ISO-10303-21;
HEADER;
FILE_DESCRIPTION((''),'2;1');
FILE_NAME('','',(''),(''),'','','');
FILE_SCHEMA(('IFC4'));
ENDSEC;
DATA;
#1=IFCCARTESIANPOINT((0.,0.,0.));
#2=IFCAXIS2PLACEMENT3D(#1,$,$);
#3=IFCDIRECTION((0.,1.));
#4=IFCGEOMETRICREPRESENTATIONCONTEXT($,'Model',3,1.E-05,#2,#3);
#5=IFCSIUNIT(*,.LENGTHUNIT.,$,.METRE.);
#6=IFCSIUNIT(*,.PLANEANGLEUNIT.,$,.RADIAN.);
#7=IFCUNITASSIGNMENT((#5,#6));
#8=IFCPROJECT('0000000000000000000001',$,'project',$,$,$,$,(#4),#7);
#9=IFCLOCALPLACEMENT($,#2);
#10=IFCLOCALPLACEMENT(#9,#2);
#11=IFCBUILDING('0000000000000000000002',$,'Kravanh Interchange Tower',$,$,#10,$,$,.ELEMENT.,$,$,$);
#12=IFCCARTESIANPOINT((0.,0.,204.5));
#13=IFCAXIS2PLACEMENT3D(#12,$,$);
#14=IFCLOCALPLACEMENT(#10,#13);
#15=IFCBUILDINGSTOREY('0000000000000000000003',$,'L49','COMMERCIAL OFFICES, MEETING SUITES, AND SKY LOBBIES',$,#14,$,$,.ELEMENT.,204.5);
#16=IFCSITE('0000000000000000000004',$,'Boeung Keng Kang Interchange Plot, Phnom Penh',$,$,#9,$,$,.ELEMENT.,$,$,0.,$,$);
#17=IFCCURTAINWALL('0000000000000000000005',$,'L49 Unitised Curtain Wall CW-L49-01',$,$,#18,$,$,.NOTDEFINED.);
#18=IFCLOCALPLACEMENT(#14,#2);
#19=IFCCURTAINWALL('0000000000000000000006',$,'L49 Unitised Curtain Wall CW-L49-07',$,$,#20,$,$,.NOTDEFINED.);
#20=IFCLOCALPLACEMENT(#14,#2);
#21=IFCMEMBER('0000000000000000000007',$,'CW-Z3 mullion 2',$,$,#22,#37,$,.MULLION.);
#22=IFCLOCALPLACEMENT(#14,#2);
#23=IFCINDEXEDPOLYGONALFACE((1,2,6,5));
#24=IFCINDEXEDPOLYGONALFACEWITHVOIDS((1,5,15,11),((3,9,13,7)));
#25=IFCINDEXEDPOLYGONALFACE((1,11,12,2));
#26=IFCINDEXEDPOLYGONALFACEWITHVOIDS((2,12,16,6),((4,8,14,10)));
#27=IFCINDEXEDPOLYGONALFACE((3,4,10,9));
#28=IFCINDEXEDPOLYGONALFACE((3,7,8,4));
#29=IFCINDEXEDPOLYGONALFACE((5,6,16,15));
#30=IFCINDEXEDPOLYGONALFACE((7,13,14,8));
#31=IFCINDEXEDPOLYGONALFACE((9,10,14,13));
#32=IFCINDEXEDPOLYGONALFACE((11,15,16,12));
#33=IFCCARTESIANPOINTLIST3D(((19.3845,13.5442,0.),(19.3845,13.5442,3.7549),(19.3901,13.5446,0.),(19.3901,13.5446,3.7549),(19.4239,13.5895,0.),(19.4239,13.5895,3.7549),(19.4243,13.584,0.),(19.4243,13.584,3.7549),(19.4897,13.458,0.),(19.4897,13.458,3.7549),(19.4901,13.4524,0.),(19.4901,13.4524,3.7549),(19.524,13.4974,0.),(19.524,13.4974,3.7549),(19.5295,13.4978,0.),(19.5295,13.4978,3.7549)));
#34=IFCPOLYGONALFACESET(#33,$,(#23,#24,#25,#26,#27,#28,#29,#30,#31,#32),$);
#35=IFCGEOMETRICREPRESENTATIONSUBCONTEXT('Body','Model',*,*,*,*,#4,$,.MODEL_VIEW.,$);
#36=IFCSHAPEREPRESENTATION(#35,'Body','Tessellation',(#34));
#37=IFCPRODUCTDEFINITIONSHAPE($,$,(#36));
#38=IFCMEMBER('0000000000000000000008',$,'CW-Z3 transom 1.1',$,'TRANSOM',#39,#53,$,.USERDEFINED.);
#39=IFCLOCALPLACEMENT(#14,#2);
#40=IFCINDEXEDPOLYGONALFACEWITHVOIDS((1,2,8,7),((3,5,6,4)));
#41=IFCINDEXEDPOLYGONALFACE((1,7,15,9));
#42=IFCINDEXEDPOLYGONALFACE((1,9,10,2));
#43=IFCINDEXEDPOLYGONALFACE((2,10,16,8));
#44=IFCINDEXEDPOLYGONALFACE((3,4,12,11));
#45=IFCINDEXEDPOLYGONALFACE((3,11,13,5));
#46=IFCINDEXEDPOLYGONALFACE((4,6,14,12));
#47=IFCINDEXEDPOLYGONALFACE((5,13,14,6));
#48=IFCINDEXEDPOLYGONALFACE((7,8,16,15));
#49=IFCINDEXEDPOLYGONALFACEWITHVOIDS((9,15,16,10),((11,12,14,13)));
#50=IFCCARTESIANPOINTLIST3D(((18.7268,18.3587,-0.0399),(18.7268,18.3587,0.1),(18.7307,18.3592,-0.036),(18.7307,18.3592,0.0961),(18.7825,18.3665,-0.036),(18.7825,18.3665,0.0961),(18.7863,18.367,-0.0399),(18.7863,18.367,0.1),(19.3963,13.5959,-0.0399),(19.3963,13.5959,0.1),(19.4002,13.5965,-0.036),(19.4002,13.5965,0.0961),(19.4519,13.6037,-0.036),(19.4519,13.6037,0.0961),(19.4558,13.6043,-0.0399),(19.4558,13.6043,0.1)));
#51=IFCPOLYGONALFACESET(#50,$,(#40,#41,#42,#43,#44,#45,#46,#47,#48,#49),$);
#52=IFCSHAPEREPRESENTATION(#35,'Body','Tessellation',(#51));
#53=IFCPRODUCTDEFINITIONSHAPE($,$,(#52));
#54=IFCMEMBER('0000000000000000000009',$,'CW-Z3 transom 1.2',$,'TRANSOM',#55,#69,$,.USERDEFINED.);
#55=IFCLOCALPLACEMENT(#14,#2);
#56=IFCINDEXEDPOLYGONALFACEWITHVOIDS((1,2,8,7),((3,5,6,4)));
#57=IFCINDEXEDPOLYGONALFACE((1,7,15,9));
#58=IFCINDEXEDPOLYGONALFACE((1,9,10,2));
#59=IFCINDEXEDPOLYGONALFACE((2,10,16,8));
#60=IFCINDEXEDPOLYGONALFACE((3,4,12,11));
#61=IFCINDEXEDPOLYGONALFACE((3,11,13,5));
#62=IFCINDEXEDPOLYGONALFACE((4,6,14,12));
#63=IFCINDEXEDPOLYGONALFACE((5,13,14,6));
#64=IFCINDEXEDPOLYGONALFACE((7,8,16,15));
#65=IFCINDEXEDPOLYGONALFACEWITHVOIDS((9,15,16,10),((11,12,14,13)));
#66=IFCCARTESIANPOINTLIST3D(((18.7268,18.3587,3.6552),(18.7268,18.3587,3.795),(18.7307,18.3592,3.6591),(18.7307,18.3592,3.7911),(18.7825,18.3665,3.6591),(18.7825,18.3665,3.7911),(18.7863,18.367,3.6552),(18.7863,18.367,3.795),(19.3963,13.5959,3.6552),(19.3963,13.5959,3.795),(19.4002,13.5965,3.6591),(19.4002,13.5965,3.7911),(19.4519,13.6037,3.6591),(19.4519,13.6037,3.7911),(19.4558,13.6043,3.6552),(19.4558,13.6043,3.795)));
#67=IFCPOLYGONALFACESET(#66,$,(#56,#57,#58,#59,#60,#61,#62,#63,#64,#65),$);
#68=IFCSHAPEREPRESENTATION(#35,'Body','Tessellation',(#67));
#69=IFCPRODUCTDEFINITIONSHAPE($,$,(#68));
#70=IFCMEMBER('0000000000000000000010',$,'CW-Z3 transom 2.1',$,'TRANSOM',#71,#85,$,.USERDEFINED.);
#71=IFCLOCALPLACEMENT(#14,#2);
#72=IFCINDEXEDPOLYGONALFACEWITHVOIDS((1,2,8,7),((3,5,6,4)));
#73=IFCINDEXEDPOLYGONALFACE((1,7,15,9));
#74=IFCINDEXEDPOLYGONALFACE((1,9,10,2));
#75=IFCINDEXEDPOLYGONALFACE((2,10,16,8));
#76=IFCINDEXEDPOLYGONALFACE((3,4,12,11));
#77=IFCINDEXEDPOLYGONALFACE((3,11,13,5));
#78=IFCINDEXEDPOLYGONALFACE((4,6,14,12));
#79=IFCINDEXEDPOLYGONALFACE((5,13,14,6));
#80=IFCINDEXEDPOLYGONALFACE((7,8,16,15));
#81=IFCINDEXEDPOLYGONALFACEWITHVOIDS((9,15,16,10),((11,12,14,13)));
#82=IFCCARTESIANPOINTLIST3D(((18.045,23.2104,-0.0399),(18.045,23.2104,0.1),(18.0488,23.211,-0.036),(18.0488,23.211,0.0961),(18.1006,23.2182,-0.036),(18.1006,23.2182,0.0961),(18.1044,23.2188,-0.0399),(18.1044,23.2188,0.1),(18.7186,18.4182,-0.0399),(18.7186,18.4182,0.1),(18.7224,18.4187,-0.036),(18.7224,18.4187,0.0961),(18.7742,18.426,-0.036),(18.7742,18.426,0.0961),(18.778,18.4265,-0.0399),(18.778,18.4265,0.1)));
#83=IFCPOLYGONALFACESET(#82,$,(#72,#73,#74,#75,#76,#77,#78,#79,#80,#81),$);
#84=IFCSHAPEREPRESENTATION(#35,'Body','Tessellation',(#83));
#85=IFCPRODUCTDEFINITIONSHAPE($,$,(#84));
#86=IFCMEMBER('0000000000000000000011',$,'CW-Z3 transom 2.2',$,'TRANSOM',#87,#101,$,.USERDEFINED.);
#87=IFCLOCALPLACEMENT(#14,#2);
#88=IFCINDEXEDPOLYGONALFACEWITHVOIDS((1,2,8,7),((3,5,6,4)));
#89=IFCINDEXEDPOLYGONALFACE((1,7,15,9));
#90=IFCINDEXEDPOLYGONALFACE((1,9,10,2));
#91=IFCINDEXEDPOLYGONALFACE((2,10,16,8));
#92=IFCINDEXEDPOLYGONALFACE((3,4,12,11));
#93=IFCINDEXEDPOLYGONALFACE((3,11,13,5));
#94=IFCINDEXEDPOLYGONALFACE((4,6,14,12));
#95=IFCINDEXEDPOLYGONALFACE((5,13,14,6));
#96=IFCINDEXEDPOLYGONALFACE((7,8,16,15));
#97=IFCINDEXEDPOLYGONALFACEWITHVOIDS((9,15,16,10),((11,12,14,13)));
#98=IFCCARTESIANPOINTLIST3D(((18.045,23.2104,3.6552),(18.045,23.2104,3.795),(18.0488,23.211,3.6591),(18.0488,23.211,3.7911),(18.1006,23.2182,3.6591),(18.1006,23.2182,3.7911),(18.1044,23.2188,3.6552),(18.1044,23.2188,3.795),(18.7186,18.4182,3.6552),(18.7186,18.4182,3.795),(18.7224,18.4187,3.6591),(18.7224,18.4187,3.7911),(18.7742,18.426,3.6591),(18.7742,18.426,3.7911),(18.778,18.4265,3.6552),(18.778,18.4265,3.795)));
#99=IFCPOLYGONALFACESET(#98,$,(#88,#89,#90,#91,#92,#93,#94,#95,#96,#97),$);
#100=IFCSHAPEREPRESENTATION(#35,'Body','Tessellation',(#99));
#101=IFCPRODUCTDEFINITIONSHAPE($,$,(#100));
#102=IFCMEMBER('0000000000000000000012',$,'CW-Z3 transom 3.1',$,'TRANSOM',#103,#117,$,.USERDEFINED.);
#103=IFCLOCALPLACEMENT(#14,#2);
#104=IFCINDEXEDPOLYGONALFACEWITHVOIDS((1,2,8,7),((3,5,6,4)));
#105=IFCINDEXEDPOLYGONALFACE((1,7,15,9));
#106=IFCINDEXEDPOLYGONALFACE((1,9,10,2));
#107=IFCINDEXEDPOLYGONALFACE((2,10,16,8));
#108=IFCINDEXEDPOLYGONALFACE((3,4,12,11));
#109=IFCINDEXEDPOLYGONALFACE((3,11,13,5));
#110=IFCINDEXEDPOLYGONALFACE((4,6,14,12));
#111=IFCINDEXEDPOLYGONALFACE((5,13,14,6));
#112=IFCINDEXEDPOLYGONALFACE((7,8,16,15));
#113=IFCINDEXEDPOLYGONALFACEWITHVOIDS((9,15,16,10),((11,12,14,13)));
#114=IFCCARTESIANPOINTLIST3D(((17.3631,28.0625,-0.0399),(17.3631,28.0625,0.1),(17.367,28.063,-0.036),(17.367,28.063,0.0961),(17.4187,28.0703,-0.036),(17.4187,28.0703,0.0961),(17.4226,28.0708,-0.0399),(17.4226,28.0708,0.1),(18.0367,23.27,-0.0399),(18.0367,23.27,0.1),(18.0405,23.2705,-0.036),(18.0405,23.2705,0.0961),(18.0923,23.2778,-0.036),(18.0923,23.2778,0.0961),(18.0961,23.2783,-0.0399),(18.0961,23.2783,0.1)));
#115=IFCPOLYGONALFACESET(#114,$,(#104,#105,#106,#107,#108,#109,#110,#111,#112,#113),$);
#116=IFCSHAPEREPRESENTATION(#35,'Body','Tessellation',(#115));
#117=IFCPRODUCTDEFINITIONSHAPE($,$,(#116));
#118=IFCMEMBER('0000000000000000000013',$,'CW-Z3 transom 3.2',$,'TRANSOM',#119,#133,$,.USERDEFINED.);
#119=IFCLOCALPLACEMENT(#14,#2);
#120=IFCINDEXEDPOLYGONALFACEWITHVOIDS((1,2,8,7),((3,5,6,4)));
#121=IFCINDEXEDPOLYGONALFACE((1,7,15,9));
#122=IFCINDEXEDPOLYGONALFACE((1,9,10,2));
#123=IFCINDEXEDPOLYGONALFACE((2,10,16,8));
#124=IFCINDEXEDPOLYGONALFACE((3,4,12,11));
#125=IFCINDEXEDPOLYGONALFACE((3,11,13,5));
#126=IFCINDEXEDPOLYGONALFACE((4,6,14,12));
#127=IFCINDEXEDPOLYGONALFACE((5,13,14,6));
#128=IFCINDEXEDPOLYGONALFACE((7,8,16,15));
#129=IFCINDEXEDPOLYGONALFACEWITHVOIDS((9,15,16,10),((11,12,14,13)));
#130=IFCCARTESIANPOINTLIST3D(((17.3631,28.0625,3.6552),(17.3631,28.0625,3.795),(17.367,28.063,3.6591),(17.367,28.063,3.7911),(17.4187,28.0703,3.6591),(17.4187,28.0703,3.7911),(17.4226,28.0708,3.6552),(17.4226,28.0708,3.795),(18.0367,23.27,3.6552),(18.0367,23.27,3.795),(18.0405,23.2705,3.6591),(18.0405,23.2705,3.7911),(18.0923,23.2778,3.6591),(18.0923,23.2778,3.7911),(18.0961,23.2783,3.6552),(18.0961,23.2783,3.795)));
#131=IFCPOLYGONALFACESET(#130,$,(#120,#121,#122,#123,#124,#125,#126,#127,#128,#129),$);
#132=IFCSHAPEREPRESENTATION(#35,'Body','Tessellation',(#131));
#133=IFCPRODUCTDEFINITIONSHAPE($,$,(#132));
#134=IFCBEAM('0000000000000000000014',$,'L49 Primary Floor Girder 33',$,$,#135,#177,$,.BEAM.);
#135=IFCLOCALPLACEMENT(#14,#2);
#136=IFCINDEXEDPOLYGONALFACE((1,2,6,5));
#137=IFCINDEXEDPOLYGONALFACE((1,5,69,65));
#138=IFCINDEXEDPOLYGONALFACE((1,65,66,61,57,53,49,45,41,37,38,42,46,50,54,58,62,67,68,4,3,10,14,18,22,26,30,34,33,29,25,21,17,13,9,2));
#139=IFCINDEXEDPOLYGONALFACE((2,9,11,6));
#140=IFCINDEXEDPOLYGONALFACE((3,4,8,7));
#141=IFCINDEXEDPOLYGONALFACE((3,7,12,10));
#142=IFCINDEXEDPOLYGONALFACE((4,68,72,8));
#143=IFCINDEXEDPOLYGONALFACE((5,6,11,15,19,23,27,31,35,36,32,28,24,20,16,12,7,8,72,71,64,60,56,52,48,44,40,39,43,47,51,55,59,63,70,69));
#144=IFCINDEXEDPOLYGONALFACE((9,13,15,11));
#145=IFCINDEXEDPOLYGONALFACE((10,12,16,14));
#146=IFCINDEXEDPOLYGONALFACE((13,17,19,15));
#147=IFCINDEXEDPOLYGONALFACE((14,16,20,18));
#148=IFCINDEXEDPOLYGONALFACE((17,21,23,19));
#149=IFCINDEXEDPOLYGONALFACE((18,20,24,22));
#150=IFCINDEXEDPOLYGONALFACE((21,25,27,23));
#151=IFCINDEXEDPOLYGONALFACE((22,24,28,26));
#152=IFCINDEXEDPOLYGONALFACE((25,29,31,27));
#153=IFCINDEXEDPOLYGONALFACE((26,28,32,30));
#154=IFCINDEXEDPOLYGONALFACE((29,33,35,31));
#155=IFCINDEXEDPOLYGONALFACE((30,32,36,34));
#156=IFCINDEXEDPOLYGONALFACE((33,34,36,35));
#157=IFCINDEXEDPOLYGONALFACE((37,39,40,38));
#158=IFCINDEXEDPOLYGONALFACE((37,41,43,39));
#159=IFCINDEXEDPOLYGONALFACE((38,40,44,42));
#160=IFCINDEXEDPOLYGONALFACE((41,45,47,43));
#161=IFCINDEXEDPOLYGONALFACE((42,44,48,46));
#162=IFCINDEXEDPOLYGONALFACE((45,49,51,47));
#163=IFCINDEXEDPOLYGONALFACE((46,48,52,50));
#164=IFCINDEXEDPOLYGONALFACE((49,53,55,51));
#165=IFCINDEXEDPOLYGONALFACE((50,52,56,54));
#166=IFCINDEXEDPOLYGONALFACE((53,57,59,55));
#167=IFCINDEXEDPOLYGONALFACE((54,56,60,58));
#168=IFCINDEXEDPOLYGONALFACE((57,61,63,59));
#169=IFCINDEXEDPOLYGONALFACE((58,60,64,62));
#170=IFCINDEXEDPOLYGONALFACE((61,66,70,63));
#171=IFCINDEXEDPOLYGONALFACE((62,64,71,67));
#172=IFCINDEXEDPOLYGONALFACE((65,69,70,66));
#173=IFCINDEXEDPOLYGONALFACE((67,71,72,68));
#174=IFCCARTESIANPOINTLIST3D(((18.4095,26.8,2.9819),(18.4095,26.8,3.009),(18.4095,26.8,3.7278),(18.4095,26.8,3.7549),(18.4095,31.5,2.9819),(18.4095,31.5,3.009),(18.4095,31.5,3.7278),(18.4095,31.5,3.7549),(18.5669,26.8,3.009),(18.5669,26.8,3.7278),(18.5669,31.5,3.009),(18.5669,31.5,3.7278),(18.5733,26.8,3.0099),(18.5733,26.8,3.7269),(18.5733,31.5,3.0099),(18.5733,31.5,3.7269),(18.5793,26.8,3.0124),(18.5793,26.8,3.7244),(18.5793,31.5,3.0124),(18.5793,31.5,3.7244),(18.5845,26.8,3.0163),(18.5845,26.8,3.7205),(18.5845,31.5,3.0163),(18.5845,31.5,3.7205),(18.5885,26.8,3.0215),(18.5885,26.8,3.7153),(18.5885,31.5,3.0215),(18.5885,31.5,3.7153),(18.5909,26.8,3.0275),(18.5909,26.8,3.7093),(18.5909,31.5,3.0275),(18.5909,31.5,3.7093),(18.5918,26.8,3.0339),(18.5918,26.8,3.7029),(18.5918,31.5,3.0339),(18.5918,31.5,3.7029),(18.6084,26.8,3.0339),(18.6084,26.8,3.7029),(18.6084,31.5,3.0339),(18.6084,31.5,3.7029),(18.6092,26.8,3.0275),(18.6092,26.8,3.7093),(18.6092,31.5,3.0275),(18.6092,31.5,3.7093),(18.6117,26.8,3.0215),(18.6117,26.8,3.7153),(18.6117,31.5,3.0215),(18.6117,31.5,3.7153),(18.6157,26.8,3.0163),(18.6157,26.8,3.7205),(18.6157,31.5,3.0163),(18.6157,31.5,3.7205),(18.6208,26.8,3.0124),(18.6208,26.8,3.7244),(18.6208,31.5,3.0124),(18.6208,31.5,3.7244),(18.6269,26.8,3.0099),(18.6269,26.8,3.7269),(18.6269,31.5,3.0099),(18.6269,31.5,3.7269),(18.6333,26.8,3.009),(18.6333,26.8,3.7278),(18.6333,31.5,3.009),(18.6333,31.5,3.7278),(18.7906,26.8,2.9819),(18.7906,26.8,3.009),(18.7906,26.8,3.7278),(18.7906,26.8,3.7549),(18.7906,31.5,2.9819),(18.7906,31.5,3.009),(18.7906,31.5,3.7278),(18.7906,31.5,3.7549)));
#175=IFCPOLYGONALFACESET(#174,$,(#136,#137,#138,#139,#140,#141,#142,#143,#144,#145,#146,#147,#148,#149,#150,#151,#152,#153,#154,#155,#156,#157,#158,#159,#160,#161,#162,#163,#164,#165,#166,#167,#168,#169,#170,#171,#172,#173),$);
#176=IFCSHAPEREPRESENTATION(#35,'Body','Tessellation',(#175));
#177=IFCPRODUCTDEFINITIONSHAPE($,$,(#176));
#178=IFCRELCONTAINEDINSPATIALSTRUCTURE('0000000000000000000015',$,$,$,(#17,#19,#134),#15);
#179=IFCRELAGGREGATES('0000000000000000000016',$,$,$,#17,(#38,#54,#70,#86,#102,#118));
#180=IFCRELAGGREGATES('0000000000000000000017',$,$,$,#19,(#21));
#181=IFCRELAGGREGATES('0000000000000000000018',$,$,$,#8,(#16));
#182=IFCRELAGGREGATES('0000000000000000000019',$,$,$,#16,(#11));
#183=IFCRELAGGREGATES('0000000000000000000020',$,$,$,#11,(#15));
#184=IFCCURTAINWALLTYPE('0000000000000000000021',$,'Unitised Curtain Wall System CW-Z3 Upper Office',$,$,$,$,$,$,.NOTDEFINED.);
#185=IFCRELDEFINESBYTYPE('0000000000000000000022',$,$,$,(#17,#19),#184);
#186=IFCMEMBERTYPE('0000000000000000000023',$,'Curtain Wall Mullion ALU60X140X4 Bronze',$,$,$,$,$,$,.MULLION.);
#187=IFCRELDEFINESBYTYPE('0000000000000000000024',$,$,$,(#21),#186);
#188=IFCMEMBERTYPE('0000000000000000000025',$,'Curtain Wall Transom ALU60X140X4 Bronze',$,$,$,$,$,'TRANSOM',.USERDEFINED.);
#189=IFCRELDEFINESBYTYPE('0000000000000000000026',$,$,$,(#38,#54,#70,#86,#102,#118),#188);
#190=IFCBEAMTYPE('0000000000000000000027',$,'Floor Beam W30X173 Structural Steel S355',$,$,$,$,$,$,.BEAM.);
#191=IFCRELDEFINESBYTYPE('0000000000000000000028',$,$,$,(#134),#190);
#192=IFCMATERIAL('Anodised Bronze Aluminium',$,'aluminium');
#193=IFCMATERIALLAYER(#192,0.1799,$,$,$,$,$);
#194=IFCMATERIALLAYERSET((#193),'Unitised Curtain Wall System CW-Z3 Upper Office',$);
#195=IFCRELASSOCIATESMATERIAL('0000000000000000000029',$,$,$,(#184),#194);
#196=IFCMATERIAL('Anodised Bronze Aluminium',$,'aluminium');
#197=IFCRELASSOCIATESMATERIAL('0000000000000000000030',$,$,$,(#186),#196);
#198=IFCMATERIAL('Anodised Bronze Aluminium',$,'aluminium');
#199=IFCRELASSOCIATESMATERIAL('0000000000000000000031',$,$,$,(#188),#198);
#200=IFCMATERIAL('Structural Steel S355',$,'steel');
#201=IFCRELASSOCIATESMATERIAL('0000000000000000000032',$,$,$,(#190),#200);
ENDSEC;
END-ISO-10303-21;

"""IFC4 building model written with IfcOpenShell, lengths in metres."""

from ifc_helpers import new_model, si_unit, direction, frame, origin, origin_2d, place, context, subcontext, project, spatial, hollow_rectangle, i_section, extrude, material, layer, layer_set, material_profile, profile_set, type_object, element, aggregate, save


model = new_model("IFC4")

# Units and contexts
model_context = context("Model", 3, precision=1e-05, world=origin(), true_north=direction((0.0, 1.0)))
body_context = subcontext(model_context, "Body", "Model", "MODEL_VIEW")
ifc_project = project(units=[si_unit("LENGTHUNIT", "METRE"), si_unit("PLANEANGLEUNIT", "RADIAN")], contexts=[model_context])

# Site, building, storey
site_placement = place(None, origin())
site = spatial("IfcSite", under=ifc_project, at=site_placement, Name="Boeung Keng Kang Interchange Plot, Phnom Penh", CompositionType="ELEMENT", RefElevation=0.0)
building_placement = place(site_placement, origin())
building = spatial("IfcBuilding", under=site, at=building_placement, Name="Kravanh Interchange Tower", CompositionType="ELEMENT")
storey_placement = place(building_placement, frame((0.0, 0.0, 204.5)))
storey = spatial("IfcBuildingStorey", under=building, at=storey_placement, Name="L49", Description="COMMERCIAL OFFICES, MEETING SUITES, AND SKY LOBBIES", CompositionType="ELEMENT", Elevation=204.5)

# Curtain wall
ifc_material_1 = material(Name="Anodised Bronze Aluminium", Category="aluminium")
ifc_layer_1 = layer(ifc_material_1, 0.1799)
ifc_layer_set_1 = layer_set([ifc_layer_1], Name="Unitised Curtain Wall System CW-Z3 Upper Office")
curtain_wall_type = type_object("IfcCurtainWallType", Name="Unitised Curtain Wall System CW-Z3 Upper Office", PredefinedType="NOTDEFINED", material=ifc_layer_set_1)
curtain_wall_1_placement = place(storey_placement, origin())
curtain_wall_1 = element("IfcCurtainWall", 1, at=curtain_wall_1_placement, inside=storey, type_object=curtain_wall_type, Name="L49 Unitised Curtain Wall CW-L49-01", PredefinedType="NOTDEFINED")
ifc_material_2 = material(Name="Anodised Bronze Aluminium", Category="aluminium")
ifc_material_profile_1 = material_profile(ifc_material_2, hollow_rectangle(XDim=0.0601, YDim=0.1399, WallThickness=0.0039, at=origin_2d()), Name="ALU60X140X4")
ifc_profile_set_1 = profile_set([ifc_material_profile_1], Name="Anodised Bronze Aluminium")
member_type_1 = type_object("IfcMemberType", Name="Curtain Wall Mullion ALU60X140X4 Bronze", PredefinedType="MULLION", material=ifc_profile_set_1)

# Curtain wall, member
curtain_wall_2_placement = place(storey_placement, origin())
curtain_wall_2 = element("IfcCurtainWall", 2, at=curtain_wall_2_placement, inside=storey, type_object=curtain_wall_type, Name="L49 Unitised Curtain Wall CW-L49-07", PredefinedType="NOTDEFINED")
member_1_placement = place(storey_placement, frame((19.457, 13.521, 0.0), z_axis=(0.0, 0.0, 1.0), x_axis=(-0.656051, -0.754717, 0.0)))
member_1 = element("IfcMember", 3, at=member_1_placement, type_object=member_type_1, Name="CW-Z3 mullion 2", PredefinedType="MULLION", context=body_context, shape_type="SweptSolid", body=[
    extrude(hollow_rectangle(XDim=0.0601, YDim=0.1399, WallThickness=0.0039, at=origin_2d()), origin(), (0.0, 0.0, 1.0), 3.7549),
])

# Members
ifc_material_3 = material(Name="Anodised Bronze Aluminium", Category="aluminium")
ifc_material_profile_2 = material_profile(ifc_material_3, hollow_rectangle(XDim=0.0601, YDim=0.1399, WallThickness=0.0039, at=origin_2d()), Name="ALU60X140X4")
ifc_profile_set_2 = profile_set([ifc_material_profile_2], Name="Anodised Bronze Aluminium")
member_type_2 = type_object("IfcMemberType", Name="Curtain Wall Transom ALU60X140X4 Bronze", ElementType="TRANSOM", PredefinedType="USERDEFINED", material=ifc_profile_set_2)
member_2_placement = place(storey_placement, frame((19.426, 13.6001, 0.03), z_axis=(-0.139189, 0.990266, 0.0), x_axis=(-0.990266, -0.139189, 0.0)))
member_2 = element("IfcMember", 4, at=member_2_placement, type_object=member_type_2, Name="CW-Z3 transom 1.1", ObjectType="TRANSOM", PredefinedType="USERDEFINED", context=body_context, shape_type="SweptSolid", body=[
    extrude(hollow_rectangle(XDim=0.0601, YDim=0.1399, WallThickness=0.0039, at=origin_2d()), origin(), (0.0, 0.0, 1.0), 4.8096),
])
member_3_placement = place(storey_placement, frame((19.426, 13.6001, 3.7251), z_axis=(-0.139189, 0.990266, 0.0), x_axis=(-0.990266, -0.139189, 0.0)))
member_3 = element("IfcMember", 5, at=member_3_placement, type_object=member_type_2, Name="CW-Z3 transom 1.2", ObjectType="TRANSOM", PredefinedType="USERDEFINED", context=body_context, shape_type="SweptSolid", body=[
    extrude(hollow_rectangle(XDim=0.0601, YDim=0.1399, WallThickness=0.0039, at=origin_2d()), origin(), (0.0, 0.0, 1.0), 4.8096),
])
member_4_placement = place(storey_placement, frame((18.7483, 18.4224, 0.03), z_axis=(-0.139189, 0.990266, 0.0), x_axis=(-0.990266, -0.139189, 0.0)))
member_4 = element("IfcMember", 6, at=member_4_placement, type_object=member_type_2, Name="CW-Z3 transom 2.1", ObjectType="TRANSOM", PredefinedType="USERDEFINED", context=body_context, shape_type="SweptSolid", body=[
    extrude(hollow_rectangle(XDim=0.0601, YDim=0.1399, WallThickness=0.0039, at=origin_2d()), origin(), (0.0, 0.0, 1.0), 4.8394),
])
member_5_placement = place(storey_placement, frame((18.7483, 18.4224, 3.7251), z_axis=(-0.139189, 0.990266, 0.0), x_axis=(-0.990266, -0.139189, 0.0)))
member_5 = element("IfcMember", 7, at=member_5_placement, type_object=member_type_2, Name="CW-Z3 transom 2.2", ObjectType="TRANSOM", PredefinedType="USERDEFINED", context=body_context, shape_type="SweptSolid", body=[
    extrude(hollow_rectangle(XDim=0.0601, YDim=0.1399, WallThickness=0.0039, at=origin_2d()), origin(), (0.0, 0.0, 1.0), 4.8394),
])
member_6_placement = place(storey_placement, frame((18.0664, 23.2742, 0.03), z_axis=(-0.139182, 0.990267, 0.0), x_axis=(-0.990267, -0.139182, 0.0)))
member_6 = element("IfcMember", 8, at=member_6_placement, type_object=member_type_2, Name="CW-Z3 transom 3.1", ObjectType="TRANSOM", PredefinedType="USERDEFINED", context=body_context, shape_type="SweptSolid", body=[
    extrude(hollow_rectangle(XDim=0.0601, YDim=0.1399, WallThickness=0.0039, at=origin_2d()), origin(), (0.0, 0.0, 1.0), 4.8396),
])
member_7_placement = place(storey_placement, frame((18.0664, 23.2742, 3.7251), z_axis=(-0.139182, 0.990267, 0.0), x_axis=(-0.990267, -0.139182, 0.0)))
member_7 = element("IfcMember", 9, at=member_7_placement, type_object=member_type_2, Name="CW-Z3 transom 3.2", ObjectType="TRANSOM", PredefinedType="USERDEFINED", context=body_context, shape_type="SweptSolid", body=[
    extrude(hollow_rectangle(XDim=0.0601, YDim=0.1399, WallThickness=0.0039, at=origin_2d()), origin(), (0.0, 0.0, 1.0), 4.8396),
])

# Beam
ifc_material_4 = material(Name="Structural Steel S355", Category="steel")
ifc_material_profile_3 = material_profile(ifc_material_4, i_section(OverallWidth=0.3811, OverallDepth=0.7729, WebThickness=0.0166, FlangeThickness=0.0271, FilletRadius=0.0249, at=origin_2d()), Name="W30X173")
ifc_profile_set_3 = profile_set([ifc_material_profile_3], Name="Structural Steel S355")
beam_type_1 = type_object("IfcBeamType", Name="Floor Beam W30X173 Structural Steel S355", PredefinedType="BEAM", material=ifc_profile_set_3)
beam_1_placement = place(storey_placement, frame((18.6001, 26.8, 3.3684), z_axis=(0.0, 1.0, 0.0), x_axis=(-1.0, 0.0, 0.0)))
element("IfcBeam", 10, at=beam_1_placement, inside=storey, type_object=beam_type_1, Name="L49 Primary Floor Girder 33", PredefinedType="BEAM", context=body_context, shape_type="SweptSolid", body=[
    extrude(i_section(OverallWidth=0.3811, OverallDepth=0.7729, WebThickness=0.0166, FlangeThickness=0.0271, FilletRadius=0.0249, at=origin_2d()), origin(), (0.0, 0.0, 1.0), 4.7),
])

aggregate(curtain_wall_1, [member_2, member_3, member_4, member_5, member_6, member_7])
aggregate(curtain_wall_2, [member_1])

save(model, "model.ifc")
